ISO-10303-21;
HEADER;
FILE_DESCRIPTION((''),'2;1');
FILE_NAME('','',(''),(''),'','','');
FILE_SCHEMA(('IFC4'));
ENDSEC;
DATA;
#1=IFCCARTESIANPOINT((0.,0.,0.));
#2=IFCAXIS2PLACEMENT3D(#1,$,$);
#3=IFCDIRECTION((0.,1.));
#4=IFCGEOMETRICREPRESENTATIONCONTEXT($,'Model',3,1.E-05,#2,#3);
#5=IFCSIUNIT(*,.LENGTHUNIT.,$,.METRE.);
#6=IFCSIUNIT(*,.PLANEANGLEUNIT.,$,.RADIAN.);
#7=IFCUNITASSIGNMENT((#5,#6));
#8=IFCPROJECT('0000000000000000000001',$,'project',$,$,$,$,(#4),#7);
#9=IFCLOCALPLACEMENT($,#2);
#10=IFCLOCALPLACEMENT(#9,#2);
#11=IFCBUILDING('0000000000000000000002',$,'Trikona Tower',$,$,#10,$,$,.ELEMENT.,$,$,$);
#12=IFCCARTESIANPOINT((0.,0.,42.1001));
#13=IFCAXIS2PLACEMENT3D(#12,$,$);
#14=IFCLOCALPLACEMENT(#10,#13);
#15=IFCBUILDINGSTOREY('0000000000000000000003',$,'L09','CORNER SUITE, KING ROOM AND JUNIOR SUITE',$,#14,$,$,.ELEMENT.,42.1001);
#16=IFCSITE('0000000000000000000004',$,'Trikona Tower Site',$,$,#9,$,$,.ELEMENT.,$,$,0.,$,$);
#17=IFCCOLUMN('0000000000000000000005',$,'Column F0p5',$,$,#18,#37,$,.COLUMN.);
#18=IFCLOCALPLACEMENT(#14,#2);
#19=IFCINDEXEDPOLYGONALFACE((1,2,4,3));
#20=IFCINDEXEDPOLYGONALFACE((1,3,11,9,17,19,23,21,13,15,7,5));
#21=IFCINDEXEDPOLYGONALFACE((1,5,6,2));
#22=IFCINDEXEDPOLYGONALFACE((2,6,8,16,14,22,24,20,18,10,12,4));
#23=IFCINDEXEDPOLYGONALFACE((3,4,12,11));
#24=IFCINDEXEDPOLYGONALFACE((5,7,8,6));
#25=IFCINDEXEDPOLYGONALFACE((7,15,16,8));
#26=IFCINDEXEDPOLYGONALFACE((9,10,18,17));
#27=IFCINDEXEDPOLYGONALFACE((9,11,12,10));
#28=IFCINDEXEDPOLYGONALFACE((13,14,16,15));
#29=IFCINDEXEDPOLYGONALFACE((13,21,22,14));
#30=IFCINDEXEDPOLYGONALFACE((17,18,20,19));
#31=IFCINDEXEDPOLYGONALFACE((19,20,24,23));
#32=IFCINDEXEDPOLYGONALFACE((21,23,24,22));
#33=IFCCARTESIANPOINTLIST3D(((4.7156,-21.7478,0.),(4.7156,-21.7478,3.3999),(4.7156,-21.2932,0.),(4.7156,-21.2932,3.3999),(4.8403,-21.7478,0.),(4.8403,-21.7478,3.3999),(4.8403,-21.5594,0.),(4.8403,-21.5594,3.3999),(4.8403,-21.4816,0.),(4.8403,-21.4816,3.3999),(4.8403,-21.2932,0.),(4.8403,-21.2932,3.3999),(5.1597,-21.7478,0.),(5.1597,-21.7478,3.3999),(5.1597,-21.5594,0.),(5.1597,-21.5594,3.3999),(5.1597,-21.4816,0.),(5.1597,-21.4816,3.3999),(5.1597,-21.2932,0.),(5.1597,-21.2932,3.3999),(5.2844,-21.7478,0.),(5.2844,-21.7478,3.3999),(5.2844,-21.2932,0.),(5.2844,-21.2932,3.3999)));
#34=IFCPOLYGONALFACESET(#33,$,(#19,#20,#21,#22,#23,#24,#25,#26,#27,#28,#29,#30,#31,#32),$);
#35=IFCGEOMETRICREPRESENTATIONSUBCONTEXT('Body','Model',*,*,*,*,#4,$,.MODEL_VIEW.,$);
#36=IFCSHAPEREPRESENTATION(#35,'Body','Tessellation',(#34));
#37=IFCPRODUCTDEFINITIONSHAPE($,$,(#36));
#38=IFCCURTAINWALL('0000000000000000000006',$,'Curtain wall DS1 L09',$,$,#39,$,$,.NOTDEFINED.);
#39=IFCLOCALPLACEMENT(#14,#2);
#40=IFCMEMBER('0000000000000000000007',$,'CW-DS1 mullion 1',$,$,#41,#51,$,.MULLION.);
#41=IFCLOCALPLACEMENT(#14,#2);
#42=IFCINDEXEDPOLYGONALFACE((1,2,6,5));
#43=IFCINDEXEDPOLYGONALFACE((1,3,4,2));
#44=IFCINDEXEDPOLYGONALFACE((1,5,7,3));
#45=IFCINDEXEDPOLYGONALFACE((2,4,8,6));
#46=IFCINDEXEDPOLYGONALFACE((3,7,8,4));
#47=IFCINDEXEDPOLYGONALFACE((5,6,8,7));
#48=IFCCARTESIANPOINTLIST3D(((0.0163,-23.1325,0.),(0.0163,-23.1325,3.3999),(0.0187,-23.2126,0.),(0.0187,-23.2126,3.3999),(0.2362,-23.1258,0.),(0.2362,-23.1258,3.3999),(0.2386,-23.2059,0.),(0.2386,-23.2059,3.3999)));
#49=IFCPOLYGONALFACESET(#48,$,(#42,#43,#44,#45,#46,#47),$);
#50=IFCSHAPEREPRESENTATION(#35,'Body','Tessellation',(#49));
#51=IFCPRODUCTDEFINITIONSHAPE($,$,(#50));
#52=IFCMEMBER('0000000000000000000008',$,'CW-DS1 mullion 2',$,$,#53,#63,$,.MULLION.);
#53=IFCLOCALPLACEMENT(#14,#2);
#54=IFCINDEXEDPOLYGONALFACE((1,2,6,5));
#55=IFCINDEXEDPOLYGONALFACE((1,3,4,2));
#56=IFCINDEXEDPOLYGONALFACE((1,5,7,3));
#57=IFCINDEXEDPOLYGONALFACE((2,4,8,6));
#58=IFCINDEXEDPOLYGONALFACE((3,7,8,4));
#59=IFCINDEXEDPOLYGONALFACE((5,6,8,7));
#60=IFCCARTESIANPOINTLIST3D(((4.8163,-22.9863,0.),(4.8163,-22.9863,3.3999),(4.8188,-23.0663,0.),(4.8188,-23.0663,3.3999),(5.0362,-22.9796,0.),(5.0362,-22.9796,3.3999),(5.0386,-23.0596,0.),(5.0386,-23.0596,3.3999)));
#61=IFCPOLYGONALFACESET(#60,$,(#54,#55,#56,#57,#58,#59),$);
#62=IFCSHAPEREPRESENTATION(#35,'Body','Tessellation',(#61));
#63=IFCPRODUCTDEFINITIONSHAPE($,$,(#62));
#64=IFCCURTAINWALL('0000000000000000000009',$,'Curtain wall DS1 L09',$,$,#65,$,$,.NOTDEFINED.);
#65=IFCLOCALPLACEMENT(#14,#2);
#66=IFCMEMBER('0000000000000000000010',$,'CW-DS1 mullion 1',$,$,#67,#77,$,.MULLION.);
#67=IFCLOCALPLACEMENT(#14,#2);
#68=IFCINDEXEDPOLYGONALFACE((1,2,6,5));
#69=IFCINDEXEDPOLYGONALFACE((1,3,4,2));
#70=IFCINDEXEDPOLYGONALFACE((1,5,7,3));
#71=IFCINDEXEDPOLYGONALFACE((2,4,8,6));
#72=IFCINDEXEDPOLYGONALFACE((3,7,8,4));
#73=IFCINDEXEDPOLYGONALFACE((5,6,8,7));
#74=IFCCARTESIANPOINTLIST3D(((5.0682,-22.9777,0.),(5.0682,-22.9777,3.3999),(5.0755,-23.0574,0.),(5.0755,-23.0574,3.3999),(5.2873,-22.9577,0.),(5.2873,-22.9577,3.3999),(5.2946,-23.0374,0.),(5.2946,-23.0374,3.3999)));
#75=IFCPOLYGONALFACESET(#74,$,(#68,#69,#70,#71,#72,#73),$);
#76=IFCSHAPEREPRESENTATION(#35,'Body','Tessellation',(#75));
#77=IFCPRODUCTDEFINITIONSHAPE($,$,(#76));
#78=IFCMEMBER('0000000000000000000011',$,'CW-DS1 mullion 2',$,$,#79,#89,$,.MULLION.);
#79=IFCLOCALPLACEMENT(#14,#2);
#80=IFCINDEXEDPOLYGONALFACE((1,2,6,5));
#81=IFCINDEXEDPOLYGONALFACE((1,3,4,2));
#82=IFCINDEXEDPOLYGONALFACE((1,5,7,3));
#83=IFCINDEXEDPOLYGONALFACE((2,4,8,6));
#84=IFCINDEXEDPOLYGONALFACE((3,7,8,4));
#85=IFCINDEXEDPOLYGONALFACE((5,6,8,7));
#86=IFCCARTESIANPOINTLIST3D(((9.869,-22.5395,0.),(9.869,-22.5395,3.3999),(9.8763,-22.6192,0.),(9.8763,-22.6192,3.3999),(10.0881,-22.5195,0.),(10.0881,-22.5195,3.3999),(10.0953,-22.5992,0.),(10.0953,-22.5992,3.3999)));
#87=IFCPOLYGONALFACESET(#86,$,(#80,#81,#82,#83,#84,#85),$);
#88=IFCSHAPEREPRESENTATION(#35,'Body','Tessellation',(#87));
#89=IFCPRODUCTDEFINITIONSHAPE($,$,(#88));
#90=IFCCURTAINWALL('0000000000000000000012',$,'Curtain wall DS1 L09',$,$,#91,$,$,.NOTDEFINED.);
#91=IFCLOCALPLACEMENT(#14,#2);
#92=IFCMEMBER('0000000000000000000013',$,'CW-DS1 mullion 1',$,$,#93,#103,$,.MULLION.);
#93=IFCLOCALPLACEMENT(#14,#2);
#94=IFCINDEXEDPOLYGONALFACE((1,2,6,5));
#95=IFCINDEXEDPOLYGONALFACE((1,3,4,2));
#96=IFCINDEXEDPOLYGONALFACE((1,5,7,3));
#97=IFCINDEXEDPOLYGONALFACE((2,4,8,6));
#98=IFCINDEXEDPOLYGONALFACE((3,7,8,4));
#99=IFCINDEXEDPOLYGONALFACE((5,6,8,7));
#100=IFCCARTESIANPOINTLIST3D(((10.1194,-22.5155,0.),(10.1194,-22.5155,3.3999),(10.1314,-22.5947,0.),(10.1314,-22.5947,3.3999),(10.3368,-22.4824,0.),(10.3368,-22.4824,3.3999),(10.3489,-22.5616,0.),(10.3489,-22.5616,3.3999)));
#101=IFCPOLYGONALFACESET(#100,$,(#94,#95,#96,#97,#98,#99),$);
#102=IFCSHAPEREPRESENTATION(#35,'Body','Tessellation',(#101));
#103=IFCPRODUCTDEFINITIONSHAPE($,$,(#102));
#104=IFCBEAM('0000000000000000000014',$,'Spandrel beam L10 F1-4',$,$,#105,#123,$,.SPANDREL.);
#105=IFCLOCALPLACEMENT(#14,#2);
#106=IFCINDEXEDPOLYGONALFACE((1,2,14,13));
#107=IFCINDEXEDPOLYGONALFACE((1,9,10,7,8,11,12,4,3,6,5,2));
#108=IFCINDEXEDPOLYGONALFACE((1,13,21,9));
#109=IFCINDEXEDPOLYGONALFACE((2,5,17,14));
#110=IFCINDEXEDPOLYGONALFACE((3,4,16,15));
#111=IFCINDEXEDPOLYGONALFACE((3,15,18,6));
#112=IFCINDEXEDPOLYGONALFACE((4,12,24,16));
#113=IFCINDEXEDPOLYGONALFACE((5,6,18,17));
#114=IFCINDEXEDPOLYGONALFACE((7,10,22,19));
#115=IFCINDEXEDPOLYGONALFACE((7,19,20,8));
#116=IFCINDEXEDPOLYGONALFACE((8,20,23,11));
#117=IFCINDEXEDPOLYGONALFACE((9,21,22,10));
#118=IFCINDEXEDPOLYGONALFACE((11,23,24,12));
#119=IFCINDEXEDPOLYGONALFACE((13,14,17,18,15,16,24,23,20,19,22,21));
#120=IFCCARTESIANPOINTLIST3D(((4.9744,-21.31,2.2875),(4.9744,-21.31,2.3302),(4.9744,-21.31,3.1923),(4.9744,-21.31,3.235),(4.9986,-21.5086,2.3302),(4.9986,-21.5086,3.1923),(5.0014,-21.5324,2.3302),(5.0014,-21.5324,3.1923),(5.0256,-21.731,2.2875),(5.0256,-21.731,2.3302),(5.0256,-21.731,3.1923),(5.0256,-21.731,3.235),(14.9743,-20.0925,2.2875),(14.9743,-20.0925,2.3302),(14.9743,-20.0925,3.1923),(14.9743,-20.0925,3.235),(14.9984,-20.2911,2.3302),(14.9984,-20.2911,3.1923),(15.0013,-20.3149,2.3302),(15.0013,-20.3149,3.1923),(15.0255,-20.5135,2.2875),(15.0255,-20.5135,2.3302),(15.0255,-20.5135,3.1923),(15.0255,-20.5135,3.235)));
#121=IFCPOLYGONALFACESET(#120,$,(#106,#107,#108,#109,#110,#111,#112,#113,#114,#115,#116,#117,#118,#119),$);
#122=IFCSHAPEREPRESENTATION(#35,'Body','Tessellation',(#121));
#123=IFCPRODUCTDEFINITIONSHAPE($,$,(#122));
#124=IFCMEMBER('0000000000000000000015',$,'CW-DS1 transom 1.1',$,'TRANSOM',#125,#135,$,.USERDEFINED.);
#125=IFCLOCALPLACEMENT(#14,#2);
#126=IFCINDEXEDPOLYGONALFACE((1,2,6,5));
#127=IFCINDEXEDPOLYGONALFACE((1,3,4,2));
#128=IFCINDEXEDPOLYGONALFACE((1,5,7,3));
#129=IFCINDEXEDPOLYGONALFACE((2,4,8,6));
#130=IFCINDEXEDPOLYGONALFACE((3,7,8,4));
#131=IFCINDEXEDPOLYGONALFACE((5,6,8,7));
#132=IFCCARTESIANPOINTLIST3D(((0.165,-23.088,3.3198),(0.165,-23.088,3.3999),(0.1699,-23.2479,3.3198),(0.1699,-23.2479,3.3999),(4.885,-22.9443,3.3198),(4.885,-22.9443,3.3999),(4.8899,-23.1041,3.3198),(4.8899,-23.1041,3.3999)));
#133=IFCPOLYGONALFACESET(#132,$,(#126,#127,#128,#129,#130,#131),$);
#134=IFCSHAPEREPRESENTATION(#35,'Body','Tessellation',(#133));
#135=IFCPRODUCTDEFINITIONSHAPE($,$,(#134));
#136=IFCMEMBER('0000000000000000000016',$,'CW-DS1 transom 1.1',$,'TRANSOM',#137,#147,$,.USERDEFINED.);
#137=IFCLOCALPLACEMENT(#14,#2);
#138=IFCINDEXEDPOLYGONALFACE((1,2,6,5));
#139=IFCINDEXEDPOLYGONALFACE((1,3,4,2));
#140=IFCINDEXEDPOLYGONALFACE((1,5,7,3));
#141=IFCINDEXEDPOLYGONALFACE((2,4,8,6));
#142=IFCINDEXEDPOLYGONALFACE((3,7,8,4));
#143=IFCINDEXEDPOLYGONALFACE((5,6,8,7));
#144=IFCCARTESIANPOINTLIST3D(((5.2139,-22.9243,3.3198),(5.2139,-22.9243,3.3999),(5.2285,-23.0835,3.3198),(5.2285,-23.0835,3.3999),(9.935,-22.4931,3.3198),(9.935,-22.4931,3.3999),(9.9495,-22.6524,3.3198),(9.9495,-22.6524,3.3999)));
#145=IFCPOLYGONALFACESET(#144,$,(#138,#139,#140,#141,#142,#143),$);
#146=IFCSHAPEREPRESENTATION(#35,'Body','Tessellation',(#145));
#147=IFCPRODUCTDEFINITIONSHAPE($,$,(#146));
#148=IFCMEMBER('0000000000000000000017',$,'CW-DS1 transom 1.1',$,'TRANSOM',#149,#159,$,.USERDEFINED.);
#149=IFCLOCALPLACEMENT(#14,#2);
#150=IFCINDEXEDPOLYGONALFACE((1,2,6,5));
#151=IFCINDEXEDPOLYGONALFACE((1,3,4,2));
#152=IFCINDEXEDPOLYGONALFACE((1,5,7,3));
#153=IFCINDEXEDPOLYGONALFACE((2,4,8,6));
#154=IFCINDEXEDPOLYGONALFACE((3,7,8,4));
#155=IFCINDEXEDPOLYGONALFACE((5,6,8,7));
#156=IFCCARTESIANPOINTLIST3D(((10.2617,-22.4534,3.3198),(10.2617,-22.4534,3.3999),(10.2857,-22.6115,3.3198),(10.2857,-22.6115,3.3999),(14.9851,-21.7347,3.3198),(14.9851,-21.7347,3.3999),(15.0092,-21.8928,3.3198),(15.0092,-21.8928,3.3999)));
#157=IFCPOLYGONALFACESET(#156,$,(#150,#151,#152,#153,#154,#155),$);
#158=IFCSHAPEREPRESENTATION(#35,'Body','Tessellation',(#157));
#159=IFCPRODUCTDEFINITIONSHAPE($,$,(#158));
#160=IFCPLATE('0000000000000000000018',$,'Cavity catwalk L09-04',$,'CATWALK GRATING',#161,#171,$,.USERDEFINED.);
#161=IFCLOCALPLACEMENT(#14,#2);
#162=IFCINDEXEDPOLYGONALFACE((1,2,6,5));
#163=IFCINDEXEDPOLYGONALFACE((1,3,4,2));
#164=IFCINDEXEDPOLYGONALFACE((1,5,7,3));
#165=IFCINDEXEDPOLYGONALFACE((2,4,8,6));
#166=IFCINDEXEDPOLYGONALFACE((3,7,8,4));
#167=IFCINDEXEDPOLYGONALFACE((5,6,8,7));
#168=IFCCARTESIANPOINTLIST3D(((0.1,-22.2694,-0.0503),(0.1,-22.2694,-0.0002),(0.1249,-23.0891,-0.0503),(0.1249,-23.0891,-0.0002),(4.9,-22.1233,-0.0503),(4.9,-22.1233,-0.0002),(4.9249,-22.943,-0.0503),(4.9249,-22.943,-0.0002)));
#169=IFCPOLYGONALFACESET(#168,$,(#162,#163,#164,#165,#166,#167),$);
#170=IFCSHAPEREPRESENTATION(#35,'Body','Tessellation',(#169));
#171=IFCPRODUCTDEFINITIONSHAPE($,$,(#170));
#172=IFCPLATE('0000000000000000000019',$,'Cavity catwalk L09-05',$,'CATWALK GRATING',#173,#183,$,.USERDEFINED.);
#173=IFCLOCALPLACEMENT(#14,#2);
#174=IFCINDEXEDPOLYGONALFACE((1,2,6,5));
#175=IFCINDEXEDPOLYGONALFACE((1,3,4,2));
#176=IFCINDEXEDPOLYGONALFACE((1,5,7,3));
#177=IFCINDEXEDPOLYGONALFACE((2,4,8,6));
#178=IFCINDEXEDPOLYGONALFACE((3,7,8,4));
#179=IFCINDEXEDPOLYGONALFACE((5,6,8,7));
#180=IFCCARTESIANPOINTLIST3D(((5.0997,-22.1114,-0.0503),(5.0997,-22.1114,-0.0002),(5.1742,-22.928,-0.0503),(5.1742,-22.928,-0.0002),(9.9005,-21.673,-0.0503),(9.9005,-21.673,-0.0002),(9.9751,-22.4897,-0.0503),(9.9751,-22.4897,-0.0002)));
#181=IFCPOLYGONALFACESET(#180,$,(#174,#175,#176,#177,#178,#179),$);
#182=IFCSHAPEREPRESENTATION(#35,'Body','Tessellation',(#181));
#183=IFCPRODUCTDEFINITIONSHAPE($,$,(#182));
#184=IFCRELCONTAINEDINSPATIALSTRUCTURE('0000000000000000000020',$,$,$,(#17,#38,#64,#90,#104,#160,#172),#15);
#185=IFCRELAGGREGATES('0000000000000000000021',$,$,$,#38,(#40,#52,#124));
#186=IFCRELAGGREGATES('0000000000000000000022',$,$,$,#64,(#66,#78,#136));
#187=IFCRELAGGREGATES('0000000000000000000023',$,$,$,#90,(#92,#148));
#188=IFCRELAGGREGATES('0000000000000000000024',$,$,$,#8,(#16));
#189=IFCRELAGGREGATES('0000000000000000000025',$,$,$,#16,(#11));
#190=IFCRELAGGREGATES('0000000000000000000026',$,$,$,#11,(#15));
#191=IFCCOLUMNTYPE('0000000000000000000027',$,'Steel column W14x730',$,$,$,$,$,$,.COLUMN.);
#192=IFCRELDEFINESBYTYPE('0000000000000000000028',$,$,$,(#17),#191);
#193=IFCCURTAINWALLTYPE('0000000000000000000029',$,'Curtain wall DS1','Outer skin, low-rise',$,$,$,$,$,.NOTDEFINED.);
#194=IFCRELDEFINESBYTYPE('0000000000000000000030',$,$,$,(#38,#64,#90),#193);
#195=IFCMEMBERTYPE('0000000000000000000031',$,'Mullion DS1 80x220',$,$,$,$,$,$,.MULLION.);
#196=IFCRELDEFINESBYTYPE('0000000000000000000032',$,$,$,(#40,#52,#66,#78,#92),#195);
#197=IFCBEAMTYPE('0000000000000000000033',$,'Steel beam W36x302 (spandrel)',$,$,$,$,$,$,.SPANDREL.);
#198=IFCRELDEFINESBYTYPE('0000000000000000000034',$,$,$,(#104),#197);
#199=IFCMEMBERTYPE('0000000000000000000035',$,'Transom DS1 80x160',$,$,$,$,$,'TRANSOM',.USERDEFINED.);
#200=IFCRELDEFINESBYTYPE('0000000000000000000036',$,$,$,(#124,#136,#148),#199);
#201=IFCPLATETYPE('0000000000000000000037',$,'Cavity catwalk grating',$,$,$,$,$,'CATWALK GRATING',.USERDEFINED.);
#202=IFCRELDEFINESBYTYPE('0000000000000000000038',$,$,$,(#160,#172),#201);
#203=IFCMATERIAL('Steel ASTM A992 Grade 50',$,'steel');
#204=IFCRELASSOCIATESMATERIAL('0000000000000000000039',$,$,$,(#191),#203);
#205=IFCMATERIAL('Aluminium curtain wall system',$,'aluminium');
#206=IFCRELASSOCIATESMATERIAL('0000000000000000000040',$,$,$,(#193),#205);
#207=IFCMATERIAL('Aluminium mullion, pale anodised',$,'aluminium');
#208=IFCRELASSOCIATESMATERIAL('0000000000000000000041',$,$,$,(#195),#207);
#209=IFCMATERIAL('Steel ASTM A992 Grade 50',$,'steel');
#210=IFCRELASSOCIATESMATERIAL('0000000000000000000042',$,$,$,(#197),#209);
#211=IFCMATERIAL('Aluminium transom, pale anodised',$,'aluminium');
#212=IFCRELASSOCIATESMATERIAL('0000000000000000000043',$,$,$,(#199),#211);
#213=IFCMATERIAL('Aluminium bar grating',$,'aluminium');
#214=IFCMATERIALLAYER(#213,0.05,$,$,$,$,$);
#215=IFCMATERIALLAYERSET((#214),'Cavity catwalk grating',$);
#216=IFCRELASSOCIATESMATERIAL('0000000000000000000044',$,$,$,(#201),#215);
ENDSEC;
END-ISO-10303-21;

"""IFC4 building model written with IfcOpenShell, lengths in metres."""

from ifc_helpers import new_model, si_unit, direction, frame, origin, origin_2d, place, context, subcontext, project, spatial, rectangle, i_section, extrude, material, layer, layer_set, material_profile, profile_set, type_object, element, aggregate, save


model = new_model("IFC4")

# Units and contexts
model_context = context("Model", 3, precision=1e-05, world=origin(), true_north=direction((0.0, 1.0)))
body_context = subcontext(model_context, "Body", "Model", "MODEL_VIEW")
ifc_project = project(units=[si_unit("LENGTHUNIT", "METRE"), si_unit("PLANEANGLEUNIT", "RADIAN")], contexts=[model_context])

# Site, building, storey
site_placement = place(None, origin())
site = spatial("IfcSite", under=ifc_project, at=site_placement, Name="Trikona Tower Site", CompositionType="ELEMENT", RefElevation=0.0)
building_placement = place(site_placement, origin())
building = spatial("IfcBuilding", under=site, at=building_placement, Name="Trikona Tower", CompositionType="ELEMENT")
storey_placement = place(building_placement, frame((0.0, 0.0, 42.1001)))
storey = spatial("IfcBuildingStorey", under=building, at=storey_placement, Name="L09", Description="CORNER SUITE, KING ROOM AND JUNIOR SUITE", CompositionType="ELEMENT", Elevation=42.1001)

# Column
ifc_material_1 = material(Name="Steel ASTM A992 Grade 50", Category="steel")
ifc_material_profile_1 = material_profile(ifc_material_1, i_section(OverallWidth=0.4546, OverallDepth=0.5688, WebThickness=0.0779, FlangeThickness=0.1248, at=origin_2d()), Name="W14X730")
ifc_profile_set_1 = profile_set([ifc_material_profile_1], Name="Steel ASTM A992 Grade 50")
column_type = type_object("IfcColumnType", Name="Steel column W14x730", PredefinedType="COLUMN", material=ifc_profile_set_1)
column_placement = place(storey_placement, frame((5.0, -21.5205, 0.0), z_axis=(0.0, 0.0, 1.0), x_axis=(0.0, -1.0, 0.0)))
element("IfcColumn", 1, at=column_placement, inside=storey, type_object=column_type, Name="Column F0p5", PredefinedType="COLUMN", context=body_context, shape_type="SweptSolid", body=[
    extrude(i_section(OverallWidth=0.4546, OverallDepth=0.5688, WebThickness=0.0779, FlangeThickness=0.1248, at=origin_2d()), origin(), (0.0, 0.0, 1.0), 3.3999),
])

# Curtain walls, members
ifc_material_2 = material(Name="Aluminium curtain wall system", Category="aluminium")
curtain_wall_type = type_object("IfcCurtainWallType", Name="Curtain wall DS1", Description="Outer skin, low-rise", PredefinedType="NOTDEFINED", material=ifc_material_2)
curtain_wall_1_placement = place(storey_placement, origin())
curtain_wall_1 = element("IfcCurtainWall", 2, at=curtain_wall_1_placement, inside=storey, type_object=curtain_wall_type, Name="Curtain wall DS1 L09", PredefinedType="NOTDEFINED")
ifc_material_3 = material(Name="Aluminium mullion, pale anodised", Category="aluminium")
ifc_material_profile_2 = material_profile(ifc_material_3, rectangle(XDim=0.0801, YDim=0.22, at=origin_2d()), Name="MUL-DS1")
ifc_profile_set_2 = profile_set([ifc_material_profile_2], Name="Aluminium mullion, pale anodised")
member_type_1 = type_object("IfcMemberType", Name="Mullion DS1 80x220", PredefinedType="MULLION", material=ifc_profile_set_2)
member_1_placement = place(storey_placement, frame((0.1274, -23.1692, 0.0), z_axis=(0.0, 0.0, 1.0), x_axis=(-0.030437, 0.999537, 0.0)))
member_1 = element("IfcMember", 3, at=member_1_placement, type_object=member_type_1, Name="CW-DS1 mullion 1", PredefinedType="MULLION", context=body_context, shape_type="SweptSolid", body=[
    extrude(rectangle(XDim=0.0801, YDim=0.22, at=origin_2d()), origin(), (0.0, 0.0, 1.0), 3.3999),
])
member_2_placement = place(storey_placement, frame((4.9275, -23.0229, 0.0), z_axis=(0.0, 0.0, 1.0), x_axis=(-0.030437, 0.999537, 0.0)))
member_2 = element("IfcMember", 4, at=member_2_placement, type_object=member_type_1, Name="CW-DS1 mullion 2", PredefinedType="MULLION", context=body_context, shape_type="SweptSolid", body=[
    extrude(rectangle(XDim=0.0801, YDim=0.22, at=origin_2d()), origin(), (0.0, 0.0, 1.0), 3.3999),
])
curtain_wall_2_placement = place(storey_placement, origin())
curtain_wall_2 = element("IfcCurtainWall", 5, at=curtain_wall_2_placement, inside=storey, type_object=curtain_wall_type, Name="Curtain wall DS1 L09", PredefinedType="NOTDEFINED")
member_3_placement = place(storey_placement, frame((5.1814, -23.0076, 0.0), z_axis=(0.0, 0.0, 1.0), x_axis=(-0.090924, 0.995858, 0.0)))
member_3 = element("IfcMember", 6, at=member_3_placement, type_object=member_type_1, Name="CW-DS1 mullion 1", PredefinedType="MULLION", context=body_context, shape_type="SweptSolid", body=[
    extrude(rectangle(XDim=0.0801, YDim=0.22, at=origin_2d()), origin(), (0.0, 0.0, 1.0), 3.3999),
])
member_4_placement = place(storey_placement, frame((9.9822, -22.5693, 0.0), z_axis=(0.0, 0.0, 1.0), x_axis=(-0.090924, 0.995858, 0.0)))
member_4 = element("IfcMember", 7, at=member_4_placement, type_object=member_type_1, Name="CW-DS1 mullion 2", PredefinedType="MULLION", context=body_context, shape_type="SweptSolid", body=[
    extrude(rectangle(XDim=0.0801, YDim=0.22, at=origin_2d()), origin(), (0.0, 0.0, 1.0), 3.3999),
])

# Curtain wall, member
curtain_wall_3_placement = place(storey_placement, origin())
curtain_wall_3 = element("IfcCurtainWall", 8, at=curtain_wall_3_placement, inside=storey, type_object=curtain_wall_type, Name="Curtain wall DS1 L09", PredefinedType="NOTDEFINED")
member_5_placement = place(storey_placement, frame((10.2341, -22.5386, 0.0), z_axis=(0.0, 0.0, 1.0), x_axis=(-0.150438, 0.988619, 0.0)))
member_5 = element("IfcMember", 9, at=member_5_placement, type_object=member_type_1, Name="CW-DS1 mullion 1", PredefinedType="MULLION", context=body_context, shape_type="SweptSolid", body=[
    extrude(rectangle(XDim=0.0801, YDim=0.22, at=origin_2d()), origin(), (0.0, 0.0, 1.0), 3.3999),
])

# Beam
ifc_material_4 = material(Name="Steel ASTM A992 Grade 50", Category="steel")
ifc_material_profile_3 = material_profile(ifc_material_4, i_section(OverallWidth=0.4241, OverallDepth=0.9475, WebThickness=0.0239, FlangeThickness=0.0427, at=origin_2d()), Name="W36X302")
ifc_profile_set_3 = profile_set([ifc_material_profile_3], Name="Steel ASTM A992 Grade 50")
beam_type = type_object("IfcBeamType", Name="Steel beam W36x302 (spandrel)", PredefinedType="SPANDREL", material=ifc_profile_set_3)
beam_placement = place(storey_placement, frame((5.0, -21.5205, 2.7612), z_axis=(0.99267, 0.12086, 0.0), x_axis=(-0.12086, 0.99267, 0.0)))
element("IfcBeam", 10, at=beam_placement, inside=storey, type_object=beam_type, Name="Spandrel beam L10 F1-4", PredefinedType="SPANDREL", context=body_context, shape_type="SweptSolid", body=[
    extrude(i_section(OverallWidth=0.4241, OverallDepth=0.9475, WebThickness=0.0239, FlangeThickness=0.0427, at=origin_2d()), origin(), (0.0, 0.0, 1.0), 10.0737),
])

# Members
ifc_material_5 = material(Name="Aluminium transom, pale anodised", Category="aluminium")
ifc_material_profile_4 = material_profile(ifc_material_5, rectangle(XDim=0.1599, YDim=0.0801, at=origin_2d()), Name="TRN-DS1")
ifc_profile_set_4 = profile_set([ifc_material_profile_4], Name="Aluminium transom, pale anodised")
member_type_2 = type_object("IfcMemberType", Name="Transom DS1 80x160", ElementType="TRANSOM", PredefinedType="USERDEFINED", material=ifc_profile_set_4)
member_6_placement = place(storey_placement, frame((0.1675, -23.168, 3.3599), z_axis=(0.999536, 0.030452, 0.0), x_axis=(-0.030452, 0.999536, 0.0)))
member_6 = element("IfcMember", 11, at=member_6_placement, type_object=member_type_2, Name="CW-DS1 transom 1.1", ObjectType="TRANSOM", PredefinedType="USERDEFINED", context=body_context, shape_type="SweptSolid", body=[
    extrude(rectangle(XDim=0.1599, YDim=0.0801, at=origin_2d()), origin(), (0.0, 0.0, 1.0), 4.7222),
])
member_7_placement = place(storey_placement, frame((5.2212, -23.0039, 3.3599), z_axis=(0.995856, 0.090944, 0.0), x_axis=(-0.090944, 0.995856, 0.0)))
member_7 = element("IfcMember", 12, at=member_7_placement, type_object=member_type_2, Name="CW-DS1 transom 1.1", ObjectType="TRANSOM", PredefinedType="USERDEFINED", context=body_context, shape_type="SweptSolid", body=[
    extrude(rectangle(XDim=0.1599, YDim=0.0801, at=origin_2d()), origin(), (0.0, 0.0, 1.0), 4.7407),
])
member_8_placement = place(storey_placement, frame((10.2737, -22.5325, 3.3599), z_axis=(0.98862, 0.150437, 0.0), x_axis=(-0.150437, 0.98862, 0.0)))
member_8 = element("IfcMember", 13, at=member_8_placement, type_object=member_type_2, Name="CW-DS1 transom 1.1", ObjectType="TRANSOM", PredefinedType="USERDEFINED", context=body_context, shape_type="SweptSolid", body=[
    extrude(rectangle(XDim=0.1599, YDim=0.0801, at=origin_2d()), origin(), (0.0, 0.0, 1.0), 4.7778),
])

# Plates
ifc_material_6 = material(Name="Aluminium bar grating", Category="aluminium")
ifc_layer_1 = layer(ifc_material_6, 0.05)
ifc_layer_set_1 = layer_set([ifc_layer_1], Name="Cavity catwalk grating")
plate_type_1 = type_object("IfcPlateType", Name="Cavity catwalk grating", ElementType="CATWALK GRATING", PredefinedType="USERDEFINED", material=ifc_layer_set_1)
plate_1_placement = place(storey_placement, frame((2.5125, -22.6062, -0.0503), z_axis=(0.0, 0.0, 1.0), x_axis=(0.999537, 0.030425, 0.0)))
element("IfcPlate", 14, at=plate_1_placement, inside=storey, type_object=plate_type_1, Name="Cavity catwalk L09-04", ObjectType="CATWALK GRATING", PredefinedType="USERDEFINED", context=body_context, shape_type="SweptSolid", body=[
    extrude(rectangle(XDim=4.8022, YDim=0.8201, at=origin_2d()), origin(), (0.0, 0.0, 1.0), 0.05),
])
plate_2_placement = place(storey_placement, frame((7.5374, -22.3005, -0.0503), z_axis=(0.0, 0.0, 1.0), x_axis=(0.995858, 0.090921, 0.0)))
element("IfcPlate", 15, at=plate_2_placement, inside=storey, type_object=plate_type_1, Name="Cavity catwalk L09-05", ObjectType="CATWALK GRATING", PredefinedType="USERDEFINED", context=body_context, shape_type="SweptSolid", body=[
    extrude(rectangle(XDim=4.8208, YDim=0.8201, at=origin_2d()), origin(), (0.0, 0.0, 1.0), 0.05),
])

aggregate(curtain_wall_1, [member_1, member_2, member_6])
aggregate(curtain_wall_2, [member_3, member_4, member_7])
aggregate(curtain_wall_3, [member_5, member_8])

save(model, "model.ifc")
